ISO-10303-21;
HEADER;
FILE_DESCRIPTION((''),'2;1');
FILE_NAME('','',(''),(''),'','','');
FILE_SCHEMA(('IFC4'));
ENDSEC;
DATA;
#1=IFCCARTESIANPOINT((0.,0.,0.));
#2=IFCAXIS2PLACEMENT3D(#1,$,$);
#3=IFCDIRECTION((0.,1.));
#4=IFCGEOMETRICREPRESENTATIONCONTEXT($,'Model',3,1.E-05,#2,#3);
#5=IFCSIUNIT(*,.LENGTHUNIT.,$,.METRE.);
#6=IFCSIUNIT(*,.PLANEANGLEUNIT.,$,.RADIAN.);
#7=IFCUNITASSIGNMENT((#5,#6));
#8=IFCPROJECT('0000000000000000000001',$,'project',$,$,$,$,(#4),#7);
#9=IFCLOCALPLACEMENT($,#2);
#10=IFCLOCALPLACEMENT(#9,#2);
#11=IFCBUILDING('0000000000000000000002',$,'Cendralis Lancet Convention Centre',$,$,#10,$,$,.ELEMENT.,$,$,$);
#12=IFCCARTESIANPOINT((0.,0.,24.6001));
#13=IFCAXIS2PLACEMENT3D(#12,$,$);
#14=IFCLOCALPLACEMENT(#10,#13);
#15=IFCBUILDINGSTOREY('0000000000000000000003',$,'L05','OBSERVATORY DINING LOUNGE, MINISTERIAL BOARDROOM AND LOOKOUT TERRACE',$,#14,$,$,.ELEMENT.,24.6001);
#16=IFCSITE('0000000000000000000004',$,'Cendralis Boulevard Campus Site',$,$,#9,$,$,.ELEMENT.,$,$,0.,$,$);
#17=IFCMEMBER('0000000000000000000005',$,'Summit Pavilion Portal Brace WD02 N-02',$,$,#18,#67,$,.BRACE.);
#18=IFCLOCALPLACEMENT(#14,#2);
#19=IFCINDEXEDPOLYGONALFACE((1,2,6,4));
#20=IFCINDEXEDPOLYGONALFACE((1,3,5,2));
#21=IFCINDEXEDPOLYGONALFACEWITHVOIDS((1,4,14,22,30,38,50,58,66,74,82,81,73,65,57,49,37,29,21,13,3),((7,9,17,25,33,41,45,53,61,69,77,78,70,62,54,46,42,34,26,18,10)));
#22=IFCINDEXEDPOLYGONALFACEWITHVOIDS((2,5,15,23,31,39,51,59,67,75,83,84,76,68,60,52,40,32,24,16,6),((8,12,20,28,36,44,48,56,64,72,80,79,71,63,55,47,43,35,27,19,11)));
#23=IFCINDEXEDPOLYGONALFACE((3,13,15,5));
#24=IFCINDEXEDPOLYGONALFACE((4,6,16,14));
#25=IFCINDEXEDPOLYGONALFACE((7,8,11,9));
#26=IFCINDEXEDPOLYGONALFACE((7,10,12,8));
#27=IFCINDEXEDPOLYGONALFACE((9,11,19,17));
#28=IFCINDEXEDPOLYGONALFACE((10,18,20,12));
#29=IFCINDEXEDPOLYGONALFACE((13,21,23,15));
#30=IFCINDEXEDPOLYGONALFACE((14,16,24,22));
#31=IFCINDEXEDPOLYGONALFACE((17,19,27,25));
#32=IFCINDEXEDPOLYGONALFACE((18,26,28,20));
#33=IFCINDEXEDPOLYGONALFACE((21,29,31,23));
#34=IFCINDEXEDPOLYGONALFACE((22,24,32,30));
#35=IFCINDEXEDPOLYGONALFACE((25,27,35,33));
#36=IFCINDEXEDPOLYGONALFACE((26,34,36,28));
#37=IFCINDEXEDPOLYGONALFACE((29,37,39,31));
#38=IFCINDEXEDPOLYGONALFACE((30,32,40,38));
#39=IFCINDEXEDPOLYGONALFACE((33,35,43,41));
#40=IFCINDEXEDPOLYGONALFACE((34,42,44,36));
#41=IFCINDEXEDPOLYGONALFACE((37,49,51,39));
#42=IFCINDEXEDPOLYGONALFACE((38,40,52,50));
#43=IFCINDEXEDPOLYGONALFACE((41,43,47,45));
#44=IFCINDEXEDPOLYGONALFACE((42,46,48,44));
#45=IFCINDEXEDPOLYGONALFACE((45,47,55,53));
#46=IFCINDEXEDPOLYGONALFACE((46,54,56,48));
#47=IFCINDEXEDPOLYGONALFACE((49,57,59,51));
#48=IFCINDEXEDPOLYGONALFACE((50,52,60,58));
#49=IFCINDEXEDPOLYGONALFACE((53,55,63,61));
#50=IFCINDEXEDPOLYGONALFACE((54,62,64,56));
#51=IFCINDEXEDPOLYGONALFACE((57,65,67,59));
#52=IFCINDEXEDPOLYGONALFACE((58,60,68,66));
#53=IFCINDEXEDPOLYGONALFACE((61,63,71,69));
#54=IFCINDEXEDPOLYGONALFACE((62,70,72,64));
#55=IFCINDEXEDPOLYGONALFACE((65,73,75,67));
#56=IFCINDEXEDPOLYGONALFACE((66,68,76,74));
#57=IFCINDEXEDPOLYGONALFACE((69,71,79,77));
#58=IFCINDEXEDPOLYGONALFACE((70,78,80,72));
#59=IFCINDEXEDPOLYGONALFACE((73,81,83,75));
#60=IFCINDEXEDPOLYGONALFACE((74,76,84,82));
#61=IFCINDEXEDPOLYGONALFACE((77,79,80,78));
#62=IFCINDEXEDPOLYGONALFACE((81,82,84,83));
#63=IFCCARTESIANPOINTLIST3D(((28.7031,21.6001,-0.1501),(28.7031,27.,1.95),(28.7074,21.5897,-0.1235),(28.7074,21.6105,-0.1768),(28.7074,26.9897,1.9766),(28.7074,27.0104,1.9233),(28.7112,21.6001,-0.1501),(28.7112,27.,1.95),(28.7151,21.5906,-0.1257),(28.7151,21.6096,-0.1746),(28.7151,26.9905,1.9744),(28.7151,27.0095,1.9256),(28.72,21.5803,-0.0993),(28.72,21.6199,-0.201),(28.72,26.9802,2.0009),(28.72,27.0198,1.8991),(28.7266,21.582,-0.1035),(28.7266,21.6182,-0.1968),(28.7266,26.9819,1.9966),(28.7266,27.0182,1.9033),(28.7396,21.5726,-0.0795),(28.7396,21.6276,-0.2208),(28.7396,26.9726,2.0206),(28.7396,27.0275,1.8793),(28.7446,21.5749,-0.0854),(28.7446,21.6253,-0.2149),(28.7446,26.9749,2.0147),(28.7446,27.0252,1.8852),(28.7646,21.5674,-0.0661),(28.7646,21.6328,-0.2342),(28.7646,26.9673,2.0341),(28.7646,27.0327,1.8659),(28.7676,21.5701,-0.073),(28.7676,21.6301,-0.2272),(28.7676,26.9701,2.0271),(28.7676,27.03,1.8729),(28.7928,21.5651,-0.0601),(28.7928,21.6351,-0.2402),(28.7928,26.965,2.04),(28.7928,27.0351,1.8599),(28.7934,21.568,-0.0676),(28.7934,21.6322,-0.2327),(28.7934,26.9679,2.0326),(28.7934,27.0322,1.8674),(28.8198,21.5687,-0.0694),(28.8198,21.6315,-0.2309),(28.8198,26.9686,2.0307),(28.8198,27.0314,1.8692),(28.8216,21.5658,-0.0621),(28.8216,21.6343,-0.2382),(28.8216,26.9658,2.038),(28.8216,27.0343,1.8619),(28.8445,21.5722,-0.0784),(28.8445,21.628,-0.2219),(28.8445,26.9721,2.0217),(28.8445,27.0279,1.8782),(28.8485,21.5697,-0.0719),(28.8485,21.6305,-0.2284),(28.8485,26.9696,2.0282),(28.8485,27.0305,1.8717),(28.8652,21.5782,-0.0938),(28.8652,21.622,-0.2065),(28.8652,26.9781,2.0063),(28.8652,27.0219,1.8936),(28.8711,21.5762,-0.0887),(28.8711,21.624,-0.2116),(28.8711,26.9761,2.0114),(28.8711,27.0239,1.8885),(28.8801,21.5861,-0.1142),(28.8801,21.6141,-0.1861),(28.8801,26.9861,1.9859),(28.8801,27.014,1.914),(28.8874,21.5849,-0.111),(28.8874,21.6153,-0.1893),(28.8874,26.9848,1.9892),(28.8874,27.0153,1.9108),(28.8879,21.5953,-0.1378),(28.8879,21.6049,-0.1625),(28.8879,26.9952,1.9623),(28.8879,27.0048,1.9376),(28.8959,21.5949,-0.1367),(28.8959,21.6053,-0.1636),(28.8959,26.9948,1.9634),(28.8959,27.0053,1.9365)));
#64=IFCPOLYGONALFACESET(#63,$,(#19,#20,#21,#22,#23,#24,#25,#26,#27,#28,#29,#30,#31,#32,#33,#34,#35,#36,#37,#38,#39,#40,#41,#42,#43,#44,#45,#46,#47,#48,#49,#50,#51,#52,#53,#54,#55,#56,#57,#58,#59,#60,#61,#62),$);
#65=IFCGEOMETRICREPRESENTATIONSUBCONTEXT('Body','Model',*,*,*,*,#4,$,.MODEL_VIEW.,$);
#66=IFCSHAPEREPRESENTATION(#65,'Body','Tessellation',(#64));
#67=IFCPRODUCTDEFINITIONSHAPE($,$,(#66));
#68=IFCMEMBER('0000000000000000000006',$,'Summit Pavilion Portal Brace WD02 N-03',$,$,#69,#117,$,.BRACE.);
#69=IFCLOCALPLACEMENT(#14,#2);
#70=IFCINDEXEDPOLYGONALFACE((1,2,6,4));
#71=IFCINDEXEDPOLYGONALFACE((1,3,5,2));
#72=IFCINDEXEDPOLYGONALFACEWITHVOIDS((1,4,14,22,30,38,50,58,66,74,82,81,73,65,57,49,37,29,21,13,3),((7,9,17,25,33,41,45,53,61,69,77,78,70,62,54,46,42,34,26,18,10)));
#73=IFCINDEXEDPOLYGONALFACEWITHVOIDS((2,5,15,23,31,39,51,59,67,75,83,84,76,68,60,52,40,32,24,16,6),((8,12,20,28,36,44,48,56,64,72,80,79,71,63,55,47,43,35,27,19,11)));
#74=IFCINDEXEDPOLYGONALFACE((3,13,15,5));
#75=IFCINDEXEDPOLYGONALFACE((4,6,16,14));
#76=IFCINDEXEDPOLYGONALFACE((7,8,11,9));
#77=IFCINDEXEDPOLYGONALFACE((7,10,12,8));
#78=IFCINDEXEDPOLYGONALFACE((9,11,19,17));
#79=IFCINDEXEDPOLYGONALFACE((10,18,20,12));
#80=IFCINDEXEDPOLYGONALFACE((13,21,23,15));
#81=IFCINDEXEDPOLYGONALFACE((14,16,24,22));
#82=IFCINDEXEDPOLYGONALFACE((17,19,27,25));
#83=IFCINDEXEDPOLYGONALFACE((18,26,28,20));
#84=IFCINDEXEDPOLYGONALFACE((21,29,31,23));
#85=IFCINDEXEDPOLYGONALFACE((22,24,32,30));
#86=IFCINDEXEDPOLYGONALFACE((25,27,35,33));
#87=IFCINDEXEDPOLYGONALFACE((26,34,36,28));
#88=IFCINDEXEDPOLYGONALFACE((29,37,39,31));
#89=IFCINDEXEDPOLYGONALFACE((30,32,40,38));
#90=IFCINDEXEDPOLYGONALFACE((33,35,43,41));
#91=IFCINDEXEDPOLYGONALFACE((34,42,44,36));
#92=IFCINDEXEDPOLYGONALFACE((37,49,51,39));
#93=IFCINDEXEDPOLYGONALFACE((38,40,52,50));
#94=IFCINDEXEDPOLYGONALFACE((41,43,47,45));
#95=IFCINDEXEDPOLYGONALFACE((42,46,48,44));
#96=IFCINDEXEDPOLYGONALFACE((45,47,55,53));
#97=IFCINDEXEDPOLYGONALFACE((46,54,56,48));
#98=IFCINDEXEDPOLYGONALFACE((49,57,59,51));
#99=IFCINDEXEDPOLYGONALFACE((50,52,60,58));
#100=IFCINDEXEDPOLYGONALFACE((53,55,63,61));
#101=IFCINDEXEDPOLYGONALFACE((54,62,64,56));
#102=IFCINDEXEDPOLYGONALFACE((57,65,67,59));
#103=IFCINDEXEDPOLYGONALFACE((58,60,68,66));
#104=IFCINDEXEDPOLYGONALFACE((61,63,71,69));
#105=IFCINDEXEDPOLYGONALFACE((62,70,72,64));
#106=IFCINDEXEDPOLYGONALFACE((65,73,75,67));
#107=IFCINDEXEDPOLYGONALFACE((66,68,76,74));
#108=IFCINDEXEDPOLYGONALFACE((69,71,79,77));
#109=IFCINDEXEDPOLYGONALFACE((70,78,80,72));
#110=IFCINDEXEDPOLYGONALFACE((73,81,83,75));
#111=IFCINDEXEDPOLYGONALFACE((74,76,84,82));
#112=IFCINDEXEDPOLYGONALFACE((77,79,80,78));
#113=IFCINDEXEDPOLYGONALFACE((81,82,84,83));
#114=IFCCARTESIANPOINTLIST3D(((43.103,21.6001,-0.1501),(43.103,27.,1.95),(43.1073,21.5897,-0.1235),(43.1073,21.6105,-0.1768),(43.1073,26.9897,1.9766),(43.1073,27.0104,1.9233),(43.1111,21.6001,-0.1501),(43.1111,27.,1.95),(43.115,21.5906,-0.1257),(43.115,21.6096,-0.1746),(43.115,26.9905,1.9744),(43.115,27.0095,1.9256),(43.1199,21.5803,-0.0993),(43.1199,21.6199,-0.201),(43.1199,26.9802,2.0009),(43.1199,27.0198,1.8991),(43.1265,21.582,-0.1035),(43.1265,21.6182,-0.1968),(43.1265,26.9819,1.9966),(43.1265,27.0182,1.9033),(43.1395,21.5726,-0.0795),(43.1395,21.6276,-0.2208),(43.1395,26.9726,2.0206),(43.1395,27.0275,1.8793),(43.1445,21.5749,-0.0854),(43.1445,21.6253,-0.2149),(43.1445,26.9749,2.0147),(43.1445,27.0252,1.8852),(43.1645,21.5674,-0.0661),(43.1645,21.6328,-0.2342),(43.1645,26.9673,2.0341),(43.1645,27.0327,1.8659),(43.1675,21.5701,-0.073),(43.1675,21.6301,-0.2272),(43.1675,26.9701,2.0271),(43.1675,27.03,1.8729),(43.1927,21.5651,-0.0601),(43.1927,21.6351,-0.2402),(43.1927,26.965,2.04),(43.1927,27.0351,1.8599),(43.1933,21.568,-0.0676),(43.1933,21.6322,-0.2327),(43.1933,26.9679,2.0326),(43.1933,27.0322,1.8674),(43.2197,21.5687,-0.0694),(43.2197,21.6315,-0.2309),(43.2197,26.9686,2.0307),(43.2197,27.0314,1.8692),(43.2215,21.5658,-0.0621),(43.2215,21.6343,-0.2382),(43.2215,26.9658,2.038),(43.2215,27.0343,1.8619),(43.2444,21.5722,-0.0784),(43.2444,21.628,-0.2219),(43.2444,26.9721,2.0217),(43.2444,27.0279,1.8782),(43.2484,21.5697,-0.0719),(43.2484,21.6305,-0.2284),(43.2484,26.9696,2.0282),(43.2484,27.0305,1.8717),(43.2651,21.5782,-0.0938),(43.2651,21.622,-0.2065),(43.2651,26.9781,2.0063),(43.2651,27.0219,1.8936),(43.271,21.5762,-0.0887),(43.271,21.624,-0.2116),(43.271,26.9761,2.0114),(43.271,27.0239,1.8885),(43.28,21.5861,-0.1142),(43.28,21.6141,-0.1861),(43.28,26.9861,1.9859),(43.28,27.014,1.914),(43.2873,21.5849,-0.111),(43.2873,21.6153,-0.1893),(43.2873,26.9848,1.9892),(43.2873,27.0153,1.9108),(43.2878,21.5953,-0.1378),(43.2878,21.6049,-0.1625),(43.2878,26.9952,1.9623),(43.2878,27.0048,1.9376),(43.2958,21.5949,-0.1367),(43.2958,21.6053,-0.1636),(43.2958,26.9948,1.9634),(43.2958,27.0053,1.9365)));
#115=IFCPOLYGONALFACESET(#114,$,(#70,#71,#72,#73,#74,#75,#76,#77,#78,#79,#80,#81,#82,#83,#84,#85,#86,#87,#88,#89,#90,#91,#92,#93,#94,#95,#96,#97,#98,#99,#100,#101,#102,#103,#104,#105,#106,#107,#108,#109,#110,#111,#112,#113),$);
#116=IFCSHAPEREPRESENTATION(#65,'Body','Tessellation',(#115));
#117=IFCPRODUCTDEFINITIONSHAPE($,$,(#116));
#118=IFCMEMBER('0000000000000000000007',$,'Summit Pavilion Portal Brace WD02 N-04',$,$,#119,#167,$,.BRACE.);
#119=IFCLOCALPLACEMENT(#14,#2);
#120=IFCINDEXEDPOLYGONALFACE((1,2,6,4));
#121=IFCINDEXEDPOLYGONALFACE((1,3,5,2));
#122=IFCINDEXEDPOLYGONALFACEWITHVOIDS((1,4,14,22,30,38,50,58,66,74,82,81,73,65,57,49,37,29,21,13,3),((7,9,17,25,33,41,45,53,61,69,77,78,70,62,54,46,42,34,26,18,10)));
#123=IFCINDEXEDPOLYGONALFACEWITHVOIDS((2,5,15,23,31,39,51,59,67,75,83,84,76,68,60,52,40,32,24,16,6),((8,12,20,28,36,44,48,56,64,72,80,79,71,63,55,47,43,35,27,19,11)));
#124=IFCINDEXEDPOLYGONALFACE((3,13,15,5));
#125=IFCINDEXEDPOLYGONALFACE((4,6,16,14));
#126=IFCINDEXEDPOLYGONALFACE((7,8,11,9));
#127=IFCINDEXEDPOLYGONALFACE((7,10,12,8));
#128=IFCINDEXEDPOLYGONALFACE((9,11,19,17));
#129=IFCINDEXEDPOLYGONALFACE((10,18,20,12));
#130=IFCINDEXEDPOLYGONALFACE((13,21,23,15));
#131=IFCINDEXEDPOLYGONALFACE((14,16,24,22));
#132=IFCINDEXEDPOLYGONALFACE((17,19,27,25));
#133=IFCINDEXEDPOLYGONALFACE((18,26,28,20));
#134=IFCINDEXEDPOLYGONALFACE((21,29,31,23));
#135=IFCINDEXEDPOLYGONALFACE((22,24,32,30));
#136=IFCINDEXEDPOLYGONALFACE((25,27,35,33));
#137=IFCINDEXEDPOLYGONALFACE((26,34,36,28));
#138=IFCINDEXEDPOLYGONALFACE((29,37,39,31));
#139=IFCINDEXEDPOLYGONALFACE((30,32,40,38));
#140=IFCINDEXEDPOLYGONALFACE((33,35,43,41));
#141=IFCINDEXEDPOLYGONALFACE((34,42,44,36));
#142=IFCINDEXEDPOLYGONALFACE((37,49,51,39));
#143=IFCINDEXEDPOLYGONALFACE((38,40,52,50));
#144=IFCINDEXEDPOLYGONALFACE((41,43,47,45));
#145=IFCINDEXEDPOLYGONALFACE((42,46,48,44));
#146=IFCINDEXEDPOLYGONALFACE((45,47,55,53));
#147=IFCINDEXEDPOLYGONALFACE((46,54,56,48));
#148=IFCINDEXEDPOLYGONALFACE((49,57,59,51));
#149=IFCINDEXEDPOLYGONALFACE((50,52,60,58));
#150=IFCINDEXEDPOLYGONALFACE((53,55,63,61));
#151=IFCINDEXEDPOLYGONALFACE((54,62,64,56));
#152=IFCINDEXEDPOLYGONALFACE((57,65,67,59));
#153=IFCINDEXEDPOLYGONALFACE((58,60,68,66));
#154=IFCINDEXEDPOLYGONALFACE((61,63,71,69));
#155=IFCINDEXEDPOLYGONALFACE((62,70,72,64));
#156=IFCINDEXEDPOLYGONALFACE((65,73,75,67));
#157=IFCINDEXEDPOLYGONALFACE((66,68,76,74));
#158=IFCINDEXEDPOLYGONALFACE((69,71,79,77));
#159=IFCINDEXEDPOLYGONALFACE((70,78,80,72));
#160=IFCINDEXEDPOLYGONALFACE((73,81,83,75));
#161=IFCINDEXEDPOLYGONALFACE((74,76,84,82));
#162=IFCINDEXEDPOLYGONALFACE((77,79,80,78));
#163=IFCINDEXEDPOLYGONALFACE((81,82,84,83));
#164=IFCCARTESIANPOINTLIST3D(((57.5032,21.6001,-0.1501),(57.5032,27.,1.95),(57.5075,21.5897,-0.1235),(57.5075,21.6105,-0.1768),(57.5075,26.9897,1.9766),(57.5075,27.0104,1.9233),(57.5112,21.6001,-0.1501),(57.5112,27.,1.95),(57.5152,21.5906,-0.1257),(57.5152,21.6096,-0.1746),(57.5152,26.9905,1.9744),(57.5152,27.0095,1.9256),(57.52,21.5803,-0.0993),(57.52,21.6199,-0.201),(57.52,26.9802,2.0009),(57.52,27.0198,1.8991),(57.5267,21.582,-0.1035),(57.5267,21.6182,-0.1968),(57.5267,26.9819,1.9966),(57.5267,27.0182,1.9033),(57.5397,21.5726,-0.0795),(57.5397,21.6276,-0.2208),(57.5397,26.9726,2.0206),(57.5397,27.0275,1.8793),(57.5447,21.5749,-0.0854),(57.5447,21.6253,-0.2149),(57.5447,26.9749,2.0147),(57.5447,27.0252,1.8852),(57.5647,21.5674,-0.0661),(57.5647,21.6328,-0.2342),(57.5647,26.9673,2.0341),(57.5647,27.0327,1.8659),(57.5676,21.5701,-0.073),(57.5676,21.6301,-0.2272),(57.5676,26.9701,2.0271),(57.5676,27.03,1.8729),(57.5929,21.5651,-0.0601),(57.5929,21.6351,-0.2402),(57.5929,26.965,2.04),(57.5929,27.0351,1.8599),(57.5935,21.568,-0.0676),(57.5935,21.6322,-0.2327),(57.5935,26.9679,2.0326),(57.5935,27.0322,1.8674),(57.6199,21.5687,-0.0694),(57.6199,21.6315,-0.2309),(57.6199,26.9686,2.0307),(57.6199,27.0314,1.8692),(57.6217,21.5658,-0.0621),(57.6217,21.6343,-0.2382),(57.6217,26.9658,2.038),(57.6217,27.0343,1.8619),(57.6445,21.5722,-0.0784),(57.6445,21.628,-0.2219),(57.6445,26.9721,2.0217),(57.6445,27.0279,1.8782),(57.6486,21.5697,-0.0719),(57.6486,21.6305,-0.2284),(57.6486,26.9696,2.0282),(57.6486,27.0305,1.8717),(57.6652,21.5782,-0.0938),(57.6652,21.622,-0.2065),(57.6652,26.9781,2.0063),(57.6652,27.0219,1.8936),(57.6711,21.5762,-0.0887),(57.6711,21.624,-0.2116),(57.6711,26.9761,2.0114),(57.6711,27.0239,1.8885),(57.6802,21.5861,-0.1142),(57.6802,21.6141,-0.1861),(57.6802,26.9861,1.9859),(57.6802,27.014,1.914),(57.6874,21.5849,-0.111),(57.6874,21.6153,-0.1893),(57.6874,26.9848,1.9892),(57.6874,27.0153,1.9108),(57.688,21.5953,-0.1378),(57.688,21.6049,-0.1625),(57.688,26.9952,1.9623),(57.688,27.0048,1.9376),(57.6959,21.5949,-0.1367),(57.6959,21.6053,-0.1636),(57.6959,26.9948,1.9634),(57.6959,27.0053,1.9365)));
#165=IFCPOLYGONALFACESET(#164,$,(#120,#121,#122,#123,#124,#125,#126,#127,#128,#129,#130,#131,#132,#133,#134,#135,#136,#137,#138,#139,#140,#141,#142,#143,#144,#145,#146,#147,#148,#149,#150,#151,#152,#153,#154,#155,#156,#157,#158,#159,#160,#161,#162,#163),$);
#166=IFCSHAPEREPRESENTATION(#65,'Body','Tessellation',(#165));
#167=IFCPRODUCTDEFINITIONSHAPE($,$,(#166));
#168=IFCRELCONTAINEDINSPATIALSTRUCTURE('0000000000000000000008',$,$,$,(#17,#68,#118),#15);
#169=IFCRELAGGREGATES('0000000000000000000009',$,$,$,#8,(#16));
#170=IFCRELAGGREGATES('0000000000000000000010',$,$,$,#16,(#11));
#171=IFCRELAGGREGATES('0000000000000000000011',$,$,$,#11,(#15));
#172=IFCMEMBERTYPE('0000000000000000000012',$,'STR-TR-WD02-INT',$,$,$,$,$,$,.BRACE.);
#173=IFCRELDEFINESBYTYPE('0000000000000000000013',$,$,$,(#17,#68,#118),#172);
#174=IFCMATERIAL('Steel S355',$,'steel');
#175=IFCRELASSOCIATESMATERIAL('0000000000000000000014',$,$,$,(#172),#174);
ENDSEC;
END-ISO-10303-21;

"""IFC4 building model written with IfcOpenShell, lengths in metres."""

from ifc_helpers import new_model, si_unit, direction, frame, origin, origin_2d, place, context, subcontext, project, spatial, hollow_circle, extrude, material, material_profile, profile_set, type_object, element, save


model = new_model("IFC4")

# Units and contexts
model_context = context("Model", 3, precision=1e-05, world=origin(), true_north=direction((0.0, 1.0)))
body_context = subcontext(model_context, "Body", "Model", "MODEL_VIEW")
ifc_project = project(units=[si_unit("LENGTHUNIT", "METRE"), si_unit("PLANEANGLEUNIT", "RADIAN")], contexts=[model_context])

# Site, building, storey
site_placement = place(None, origin())
site = spatial("IfcSite", under=ifc_project, at=site_placement, Name="Cendralis Boulevard Campus Site", CompositionType="ELEMENT", RefElevation=0.0)
building_placement = place(site_placement, origin())
building = spatial("IfcBuilding", under=site, at=building_placement, Name="Cendralis Lancet Convention Centre", CompositionType="ELEMENT")
storey_placement = place(building_placement, frame((0.0, 0.0, 24.6001)))
storey = spatial("IfcBuildingStorey", under=building, at=storey_placement, Name="L05", Description="OBSERVATORY DINING LOUNGE, MINISTERIAL BOARDROOM AND LOOKOUT TERRACE", CompositionType="ELEMENT", Elevation=24.6001)

# Shared definitions
ifc_material_1 = material(Name="Steel S355", Category="steel")

# Members
ifc_material_profile_1 = material_profile(ifc_material_1, hollow_circle(Radius=0.0969, WallThickness=0.0081, at=origin_2d()), Name="CHS 193.7x8.0")
ifc_profile_set_1 = profile_set([ifc_material_profile_1], Name="Steel S355")
member_type_1 = type_object("IfcMemberType", Name="STR-TR-WD02-INT", PredefinedType="BRACE", material=ifc_profile_set_1)
for number, where, z_axis, x_axis, name in (
    (1, (28.8, 21.6001, -0.1501), (0.0, 0.931997, 0.362467), (-1.0, 0.0, 0.0), "Summit Pavilion Portal Brace WD02 N-02"),
    (2, (43.2, 21.6001, -0.1501), (0.0, 0.931997, 0.362467), (-1.0, 0.0, 0.0), "Summit Pavilion Portal Brace WD02 N-03"),
    (3, (57.6001, 21.6001, -0.1501), (0.0, 0.931997, 0.362467), (-1.0, 0.0, 0.0), "Summit Pavilion Portal Brace WD02 N-04"),
):
    element("IfcMember", number, at=place(storey_placement, frame(where, z_axis=z_axis, x_axis=x_axis)), inside=storey, type_object=member_type_1, Name=name, PredefinedType="BRACE", context=body_context, shape_type="SweptSolid", body=[
        extrude(hollow_circle(Radius=0.0969, WallThickness=0.0081, at=origin_2d()), origin(), (0.0, 0.0, 1.0), 5.7939),
    ])

save(model, "model.ifc")
